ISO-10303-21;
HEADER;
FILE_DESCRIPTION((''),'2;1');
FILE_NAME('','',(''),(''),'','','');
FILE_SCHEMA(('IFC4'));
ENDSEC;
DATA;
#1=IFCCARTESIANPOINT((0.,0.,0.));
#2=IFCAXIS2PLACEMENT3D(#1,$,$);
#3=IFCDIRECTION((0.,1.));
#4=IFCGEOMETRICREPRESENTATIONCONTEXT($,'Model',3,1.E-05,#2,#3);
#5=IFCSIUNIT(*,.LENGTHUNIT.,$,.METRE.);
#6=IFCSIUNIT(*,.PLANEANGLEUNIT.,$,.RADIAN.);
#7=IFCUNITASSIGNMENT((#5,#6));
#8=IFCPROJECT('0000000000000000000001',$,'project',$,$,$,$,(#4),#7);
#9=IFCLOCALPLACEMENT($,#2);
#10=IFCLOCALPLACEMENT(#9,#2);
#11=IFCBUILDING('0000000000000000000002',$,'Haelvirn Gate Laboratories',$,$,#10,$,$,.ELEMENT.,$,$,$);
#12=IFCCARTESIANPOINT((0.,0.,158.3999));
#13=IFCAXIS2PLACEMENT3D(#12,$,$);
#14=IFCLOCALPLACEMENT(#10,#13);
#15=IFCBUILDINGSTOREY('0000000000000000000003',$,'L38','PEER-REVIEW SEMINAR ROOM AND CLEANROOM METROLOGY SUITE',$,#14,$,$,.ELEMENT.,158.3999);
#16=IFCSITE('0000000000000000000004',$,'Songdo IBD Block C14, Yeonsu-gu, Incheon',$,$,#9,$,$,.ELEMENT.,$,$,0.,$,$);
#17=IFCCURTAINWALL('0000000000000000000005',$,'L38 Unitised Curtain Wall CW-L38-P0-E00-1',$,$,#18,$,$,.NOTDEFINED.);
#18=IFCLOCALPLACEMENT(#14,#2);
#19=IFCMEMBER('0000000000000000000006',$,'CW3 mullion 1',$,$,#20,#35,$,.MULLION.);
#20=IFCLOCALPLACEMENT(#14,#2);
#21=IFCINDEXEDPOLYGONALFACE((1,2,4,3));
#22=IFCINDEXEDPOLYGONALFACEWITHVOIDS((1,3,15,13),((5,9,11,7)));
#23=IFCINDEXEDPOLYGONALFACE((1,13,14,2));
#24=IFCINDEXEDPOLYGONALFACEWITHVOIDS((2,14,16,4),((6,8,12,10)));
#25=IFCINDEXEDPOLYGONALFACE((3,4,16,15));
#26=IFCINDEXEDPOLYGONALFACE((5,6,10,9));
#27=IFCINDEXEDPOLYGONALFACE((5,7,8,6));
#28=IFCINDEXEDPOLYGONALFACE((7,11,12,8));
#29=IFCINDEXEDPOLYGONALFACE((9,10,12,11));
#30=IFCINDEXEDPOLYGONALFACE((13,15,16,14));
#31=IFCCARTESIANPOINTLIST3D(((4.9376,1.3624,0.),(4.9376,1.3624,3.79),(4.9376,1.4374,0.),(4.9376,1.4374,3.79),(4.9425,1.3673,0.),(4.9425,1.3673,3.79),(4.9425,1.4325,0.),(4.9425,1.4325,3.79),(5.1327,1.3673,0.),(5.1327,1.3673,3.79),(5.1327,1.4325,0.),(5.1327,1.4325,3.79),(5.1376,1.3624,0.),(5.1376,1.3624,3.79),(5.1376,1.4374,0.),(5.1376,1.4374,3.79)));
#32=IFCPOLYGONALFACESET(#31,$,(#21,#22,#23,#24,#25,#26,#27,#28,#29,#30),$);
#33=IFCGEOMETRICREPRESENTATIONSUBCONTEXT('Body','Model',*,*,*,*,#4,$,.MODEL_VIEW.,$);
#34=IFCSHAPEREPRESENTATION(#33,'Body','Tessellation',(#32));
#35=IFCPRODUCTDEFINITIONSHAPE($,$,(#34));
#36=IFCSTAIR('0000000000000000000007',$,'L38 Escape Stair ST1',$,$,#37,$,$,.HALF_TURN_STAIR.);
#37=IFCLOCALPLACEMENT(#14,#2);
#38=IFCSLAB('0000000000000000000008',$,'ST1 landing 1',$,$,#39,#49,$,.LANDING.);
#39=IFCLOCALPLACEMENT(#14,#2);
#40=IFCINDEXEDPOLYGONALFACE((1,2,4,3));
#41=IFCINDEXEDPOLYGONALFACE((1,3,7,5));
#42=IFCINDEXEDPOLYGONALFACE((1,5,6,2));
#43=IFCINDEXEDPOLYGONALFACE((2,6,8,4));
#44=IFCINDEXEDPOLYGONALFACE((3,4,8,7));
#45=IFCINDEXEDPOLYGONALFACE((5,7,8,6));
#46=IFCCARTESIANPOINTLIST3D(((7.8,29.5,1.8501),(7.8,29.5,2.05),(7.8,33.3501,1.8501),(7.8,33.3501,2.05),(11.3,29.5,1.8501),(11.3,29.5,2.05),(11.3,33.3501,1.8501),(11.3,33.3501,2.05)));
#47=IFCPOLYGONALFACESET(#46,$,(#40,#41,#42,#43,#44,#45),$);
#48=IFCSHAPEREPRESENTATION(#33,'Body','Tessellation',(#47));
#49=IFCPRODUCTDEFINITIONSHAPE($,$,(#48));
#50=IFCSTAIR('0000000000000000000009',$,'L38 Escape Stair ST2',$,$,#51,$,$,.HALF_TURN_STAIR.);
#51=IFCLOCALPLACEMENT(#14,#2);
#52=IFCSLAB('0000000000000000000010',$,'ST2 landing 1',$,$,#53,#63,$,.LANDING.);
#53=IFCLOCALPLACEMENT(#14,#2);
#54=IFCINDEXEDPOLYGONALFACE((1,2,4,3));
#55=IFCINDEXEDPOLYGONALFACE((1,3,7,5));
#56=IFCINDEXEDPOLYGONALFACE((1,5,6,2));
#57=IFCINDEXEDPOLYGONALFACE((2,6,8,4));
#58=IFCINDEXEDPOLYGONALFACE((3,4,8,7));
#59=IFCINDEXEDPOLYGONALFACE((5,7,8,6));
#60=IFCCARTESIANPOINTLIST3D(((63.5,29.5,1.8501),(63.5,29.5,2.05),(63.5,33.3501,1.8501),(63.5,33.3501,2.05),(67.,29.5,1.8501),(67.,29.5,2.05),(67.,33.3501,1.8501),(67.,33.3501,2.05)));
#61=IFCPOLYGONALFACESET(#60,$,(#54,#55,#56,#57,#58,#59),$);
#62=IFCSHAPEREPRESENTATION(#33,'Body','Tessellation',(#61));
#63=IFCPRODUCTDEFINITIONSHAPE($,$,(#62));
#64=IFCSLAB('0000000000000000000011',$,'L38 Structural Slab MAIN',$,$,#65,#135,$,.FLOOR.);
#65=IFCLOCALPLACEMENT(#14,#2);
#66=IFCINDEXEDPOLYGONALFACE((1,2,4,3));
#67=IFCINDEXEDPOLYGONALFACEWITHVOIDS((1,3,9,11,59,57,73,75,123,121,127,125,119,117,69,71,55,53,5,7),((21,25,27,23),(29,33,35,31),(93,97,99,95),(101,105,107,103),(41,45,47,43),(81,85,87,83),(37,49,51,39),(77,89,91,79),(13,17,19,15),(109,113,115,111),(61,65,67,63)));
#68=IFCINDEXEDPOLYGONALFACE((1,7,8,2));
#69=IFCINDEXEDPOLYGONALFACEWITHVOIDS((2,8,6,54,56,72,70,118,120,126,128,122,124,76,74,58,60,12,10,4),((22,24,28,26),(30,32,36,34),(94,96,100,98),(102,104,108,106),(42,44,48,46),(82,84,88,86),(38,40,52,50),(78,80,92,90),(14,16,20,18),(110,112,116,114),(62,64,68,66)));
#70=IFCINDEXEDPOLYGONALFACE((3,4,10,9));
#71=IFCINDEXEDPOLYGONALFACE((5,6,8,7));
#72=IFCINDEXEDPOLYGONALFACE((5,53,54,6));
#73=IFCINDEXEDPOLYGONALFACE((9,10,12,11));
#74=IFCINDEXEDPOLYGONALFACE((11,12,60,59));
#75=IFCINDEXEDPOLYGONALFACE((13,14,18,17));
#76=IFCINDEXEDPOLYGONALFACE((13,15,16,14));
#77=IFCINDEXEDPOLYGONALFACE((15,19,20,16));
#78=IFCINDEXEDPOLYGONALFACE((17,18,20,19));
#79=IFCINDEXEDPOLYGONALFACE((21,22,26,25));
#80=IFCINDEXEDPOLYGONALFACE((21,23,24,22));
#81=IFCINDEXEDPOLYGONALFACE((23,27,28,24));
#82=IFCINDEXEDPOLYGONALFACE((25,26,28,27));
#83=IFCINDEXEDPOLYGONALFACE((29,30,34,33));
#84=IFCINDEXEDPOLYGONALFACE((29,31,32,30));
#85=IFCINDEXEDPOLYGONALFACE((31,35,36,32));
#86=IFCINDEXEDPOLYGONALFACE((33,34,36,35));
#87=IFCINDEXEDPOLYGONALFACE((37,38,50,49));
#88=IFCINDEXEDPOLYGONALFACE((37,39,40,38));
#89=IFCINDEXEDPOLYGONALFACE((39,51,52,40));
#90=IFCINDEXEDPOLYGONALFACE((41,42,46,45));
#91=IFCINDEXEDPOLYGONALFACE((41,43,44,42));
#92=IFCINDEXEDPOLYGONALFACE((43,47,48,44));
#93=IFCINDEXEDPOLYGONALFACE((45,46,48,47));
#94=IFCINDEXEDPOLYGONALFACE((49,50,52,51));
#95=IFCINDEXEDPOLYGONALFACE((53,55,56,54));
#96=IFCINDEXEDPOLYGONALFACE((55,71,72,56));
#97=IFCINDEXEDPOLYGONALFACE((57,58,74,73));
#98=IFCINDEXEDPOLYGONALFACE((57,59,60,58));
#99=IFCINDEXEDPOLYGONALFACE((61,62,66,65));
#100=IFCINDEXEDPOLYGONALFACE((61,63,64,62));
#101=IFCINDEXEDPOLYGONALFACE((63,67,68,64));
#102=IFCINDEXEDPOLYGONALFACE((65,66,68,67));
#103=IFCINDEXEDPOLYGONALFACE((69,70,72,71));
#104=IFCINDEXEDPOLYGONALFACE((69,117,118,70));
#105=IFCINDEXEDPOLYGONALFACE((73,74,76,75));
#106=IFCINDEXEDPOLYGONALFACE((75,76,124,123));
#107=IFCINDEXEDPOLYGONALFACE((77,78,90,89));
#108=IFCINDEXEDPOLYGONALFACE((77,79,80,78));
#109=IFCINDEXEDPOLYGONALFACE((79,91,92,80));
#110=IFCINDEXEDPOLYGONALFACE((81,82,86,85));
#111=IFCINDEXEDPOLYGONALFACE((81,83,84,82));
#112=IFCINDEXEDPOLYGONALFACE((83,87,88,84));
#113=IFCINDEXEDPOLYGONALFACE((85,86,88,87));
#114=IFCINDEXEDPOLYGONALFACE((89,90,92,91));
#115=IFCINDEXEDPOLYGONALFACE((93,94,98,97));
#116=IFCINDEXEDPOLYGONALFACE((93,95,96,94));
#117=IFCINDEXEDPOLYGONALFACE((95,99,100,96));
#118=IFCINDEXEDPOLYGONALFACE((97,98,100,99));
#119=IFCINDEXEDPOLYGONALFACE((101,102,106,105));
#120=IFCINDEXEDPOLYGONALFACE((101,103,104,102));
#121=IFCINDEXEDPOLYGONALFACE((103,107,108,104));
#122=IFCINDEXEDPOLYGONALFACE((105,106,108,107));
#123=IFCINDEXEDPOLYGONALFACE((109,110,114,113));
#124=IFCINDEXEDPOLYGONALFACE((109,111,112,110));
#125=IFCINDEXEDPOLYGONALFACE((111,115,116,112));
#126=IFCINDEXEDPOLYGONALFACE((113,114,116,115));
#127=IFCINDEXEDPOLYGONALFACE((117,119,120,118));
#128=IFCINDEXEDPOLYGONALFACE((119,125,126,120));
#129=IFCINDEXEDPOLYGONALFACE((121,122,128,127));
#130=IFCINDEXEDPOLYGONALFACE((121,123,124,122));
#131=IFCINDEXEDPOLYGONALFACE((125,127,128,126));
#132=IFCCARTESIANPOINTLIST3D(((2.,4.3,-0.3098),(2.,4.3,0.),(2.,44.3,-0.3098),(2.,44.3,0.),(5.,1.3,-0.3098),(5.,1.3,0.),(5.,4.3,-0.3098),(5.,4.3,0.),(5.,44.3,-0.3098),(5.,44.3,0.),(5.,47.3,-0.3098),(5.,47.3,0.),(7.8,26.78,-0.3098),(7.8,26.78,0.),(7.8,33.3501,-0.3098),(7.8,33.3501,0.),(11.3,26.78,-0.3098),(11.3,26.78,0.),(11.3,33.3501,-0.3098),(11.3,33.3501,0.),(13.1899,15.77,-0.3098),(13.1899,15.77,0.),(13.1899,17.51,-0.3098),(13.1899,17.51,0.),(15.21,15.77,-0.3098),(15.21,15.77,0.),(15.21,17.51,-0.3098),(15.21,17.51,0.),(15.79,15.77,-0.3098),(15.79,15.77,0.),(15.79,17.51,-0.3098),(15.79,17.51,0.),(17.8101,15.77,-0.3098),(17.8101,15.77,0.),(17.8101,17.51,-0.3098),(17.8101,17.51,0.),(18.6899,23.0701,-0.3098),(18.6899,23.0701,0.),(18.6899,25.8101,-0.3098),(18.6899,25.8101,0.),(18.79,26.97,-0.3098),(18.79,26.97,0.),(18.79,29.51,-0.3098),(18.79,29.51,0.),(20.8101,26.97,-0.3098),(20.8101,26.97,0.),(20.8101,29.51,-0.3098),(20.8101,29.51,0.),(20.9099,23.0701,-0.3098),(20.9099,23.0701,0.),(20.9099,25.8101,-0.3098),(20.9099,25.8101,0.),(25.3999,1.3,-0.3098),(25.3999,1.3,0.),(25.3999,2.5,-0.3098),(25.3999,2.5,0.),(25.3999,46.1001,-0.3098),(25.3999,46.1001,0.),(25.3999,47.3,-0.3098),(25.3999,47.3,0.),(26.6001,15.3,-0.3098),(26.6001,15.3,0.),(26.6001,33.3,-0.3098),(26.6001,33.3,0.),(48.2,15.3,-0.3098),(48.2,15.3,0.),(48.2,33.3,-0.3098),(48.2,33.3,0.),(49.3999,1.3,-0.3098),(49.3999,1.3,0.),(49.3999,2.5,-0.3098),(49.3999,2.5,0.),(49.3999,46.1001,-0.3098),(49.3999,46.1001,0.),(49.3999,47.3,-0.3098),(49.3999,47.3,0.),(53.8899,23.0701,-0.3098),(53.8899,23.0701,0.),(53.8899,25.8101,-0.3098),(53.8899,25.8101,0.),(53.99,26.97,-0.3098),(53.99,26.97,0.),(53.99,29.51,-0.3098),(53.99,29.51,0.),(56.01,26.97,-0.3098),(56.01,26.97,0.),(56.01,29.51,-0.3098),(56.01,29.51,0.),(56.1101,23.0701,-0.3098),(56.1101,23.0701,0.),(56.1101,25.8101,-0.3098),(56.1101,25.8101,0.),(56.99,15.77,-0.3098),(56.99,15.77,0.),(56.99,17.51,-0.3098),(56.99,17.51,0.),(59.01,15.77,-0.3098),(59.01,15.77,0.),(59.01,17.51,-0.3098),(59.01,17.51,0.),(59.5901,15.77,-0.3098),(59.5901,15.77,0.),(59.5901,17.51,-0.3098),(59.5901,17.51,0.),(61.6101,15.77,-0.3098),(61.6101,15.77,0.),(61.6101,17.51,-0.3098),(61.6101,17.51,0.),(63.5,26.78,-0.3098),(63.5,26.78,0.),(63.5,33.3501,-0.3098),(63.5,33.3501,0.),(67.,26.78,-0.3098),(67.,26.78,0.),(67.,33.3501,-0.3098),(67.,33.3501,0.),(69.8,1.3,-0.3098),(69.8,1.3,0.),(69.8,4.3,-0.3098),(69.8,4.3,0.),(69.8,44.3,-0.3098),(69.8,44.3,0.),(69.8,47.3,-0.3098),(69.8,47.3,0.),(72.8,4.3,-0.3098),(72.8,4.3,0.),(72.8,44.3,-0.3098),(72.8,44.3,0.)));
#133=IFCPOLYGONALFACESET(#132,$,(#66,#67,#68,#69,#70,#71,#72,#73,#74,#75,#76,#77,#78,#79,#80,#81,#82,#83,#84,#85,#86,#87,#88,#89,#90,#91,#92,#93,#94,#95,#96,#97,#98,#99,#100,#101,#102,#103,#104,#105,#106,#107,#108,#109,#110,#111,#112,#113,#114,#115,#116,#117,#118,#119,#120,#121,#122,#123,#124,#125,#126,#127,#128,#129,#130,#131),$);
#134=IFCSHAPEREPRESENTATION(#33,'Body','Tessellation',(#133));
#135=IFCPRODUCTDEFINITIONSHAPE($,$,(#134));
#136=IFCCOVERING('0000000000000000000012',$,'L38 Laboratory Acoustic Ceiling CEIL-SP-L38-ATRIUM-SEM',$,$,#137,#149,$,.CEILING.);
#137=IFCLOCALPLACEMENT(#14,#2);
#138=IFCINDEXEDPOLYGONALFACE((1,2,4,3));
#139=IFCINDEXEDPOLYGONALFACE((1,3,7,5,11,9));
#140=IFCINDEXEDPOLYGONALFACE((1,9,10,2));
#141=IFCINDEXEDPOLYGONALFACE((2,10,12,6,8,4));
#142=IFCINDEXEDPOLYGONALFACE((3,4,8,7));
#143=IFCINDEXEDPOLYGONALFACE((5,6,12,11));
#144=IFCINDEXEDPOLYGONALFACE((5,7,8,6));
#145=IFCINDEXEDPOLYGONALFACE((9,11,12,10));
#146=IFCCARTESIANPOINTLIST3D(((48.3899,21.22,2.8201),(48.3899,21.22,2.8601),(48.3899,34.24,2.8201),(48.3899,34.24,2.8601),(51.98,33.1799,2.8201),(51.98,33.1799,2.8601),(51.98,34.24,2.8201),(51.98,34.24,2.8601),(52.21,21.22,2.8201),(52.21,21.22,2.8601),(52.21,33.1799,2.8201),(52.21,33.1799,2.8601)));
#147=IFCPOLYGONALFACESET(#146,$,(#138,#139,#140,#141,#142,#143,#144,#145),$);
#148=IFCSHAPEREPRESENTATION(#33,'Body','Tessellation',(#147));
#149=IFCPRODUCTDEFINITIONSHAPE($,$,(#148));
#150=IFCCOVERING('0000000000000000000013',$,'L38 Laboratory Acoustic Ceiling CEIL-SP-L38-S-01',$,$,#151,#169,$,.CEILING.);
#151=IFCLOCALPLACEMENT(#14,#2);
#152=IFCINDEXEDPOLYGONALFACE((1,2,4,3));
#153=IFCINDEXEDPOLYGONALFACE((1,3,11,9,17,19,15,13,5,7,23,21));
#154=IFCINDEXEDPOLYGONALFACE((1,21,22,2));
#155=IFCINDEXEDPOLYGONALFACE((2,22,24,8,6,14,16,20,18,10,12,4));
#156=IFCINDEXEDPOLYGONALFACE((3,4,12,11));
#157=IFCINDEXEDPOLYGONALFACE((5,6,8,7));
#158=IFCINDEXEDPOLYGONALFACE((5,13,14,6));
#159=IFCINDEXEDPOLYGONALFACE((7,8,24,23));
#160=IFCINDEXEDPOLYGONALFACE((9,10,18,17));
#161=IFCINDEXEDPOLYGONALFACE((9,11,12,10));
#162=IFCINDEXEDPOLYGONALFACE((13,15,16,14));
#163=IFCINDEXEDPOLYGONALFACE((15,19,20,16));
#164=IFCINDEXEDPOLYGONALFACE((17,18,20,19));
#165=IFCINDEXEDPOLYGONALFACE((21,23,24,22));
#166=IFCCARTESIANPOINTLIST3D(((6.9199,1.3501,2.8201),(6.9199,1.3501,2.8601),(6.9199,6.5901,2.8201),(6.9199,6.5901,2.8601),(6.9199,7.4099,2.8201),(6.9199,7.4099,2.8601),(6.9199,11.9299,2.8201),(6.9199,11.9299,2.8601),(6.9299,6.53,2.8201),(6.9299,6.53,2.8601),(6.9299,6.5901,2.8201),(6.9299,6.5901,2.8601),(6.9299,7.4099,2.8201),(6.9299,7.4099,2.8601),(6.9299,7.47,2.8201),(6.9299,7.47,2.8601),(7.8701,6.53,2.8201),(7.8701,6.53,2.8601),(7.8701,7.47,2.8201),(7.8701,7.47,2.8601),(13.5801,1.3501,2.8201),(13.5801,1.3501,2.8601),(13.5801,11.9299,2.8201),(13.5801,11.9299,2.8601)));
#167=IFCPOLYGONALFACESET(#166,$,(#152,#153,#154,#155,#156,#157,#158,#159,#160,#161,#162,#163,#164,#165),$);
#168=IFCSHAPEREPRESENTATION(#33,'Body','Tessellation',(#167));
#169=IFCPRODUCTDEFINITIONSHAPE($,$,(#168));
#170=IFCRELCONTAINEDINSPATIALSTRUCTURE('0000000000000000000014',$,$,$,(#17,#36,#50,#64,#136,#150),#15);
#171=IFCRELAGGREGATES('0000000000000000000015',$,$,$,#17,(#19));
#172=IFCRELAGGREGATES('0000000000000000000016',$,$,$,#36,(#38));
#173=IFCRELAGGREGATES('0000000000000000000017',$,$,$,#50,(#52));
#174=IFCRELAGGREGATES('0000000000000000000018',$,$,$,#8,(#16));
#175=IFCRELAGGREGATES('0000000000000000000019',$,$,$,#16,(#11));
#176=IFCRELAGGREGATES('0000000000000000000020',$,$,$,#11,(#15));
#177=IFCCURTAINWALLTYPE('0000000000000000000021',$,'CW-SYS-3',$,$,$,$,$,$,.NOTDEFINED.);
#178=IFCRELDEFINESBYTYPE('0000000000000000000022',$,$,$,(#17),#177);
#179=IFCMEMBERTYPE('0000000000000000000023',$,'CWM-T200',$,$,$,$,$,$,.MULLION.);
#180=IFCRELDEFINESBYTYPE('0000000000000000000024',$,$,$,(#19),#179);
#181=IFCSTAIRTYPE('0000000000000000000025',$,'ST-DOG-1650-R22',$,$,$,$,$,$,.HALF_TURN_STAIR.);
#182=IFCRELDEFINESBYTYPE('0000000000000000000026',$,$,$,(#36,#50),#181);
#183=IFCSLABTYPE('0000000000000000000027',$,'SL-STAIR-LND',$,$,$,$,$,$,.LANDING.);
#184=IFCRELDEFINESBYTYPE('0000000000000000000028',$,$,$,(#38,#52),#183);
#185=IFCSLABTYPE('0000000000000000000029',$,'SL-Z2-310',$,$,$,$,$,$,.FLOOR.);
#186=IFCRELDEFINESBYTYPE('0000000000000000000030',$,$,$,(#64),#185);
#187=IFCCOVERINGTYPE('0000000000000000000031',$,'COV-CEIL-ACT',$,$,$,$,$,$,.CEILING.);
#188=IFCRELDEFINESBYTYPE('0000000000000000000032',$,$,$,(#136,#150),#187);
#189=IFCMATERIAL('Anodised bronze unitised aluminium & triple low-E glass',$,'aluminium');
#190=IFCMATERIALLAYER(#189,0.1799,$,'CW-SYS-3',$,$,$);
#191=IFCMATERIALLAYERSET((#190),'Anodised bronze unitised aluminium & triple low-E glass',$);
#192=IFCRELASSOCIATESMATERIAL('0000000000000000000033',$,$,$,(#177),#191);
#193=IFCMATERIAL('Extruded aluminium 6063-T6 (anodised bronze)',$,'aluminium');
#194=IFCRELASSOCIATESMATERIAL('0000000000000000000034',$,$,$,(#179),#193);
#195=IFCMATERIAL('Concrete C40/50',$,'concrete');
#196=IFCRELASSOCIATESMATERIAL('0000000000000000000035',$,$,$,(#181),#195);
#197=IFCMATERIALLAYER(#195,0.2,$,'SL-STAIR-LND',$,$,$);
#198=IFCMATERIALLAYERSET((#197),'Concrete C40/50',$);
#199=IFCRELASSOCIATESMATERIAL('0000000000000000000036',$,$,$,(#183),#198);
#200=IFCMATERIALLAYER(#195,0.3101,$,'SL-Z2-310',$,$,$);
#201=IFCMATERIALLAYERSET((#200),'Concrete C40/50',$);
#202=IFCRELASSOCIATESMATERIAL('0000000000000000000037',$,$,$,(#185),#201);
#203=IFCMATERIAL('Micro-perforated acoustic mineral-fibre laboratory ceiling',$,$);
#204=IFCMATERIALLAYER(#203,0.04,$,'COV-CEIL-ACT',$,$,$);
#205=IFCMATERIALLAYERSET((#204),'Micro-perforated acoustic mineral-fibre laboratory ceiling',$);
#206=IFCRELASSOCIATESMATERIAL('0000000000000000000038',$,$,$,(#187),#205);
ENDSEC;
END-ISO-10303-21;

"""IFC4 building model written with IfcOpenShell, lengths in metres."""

from ifc_helpers import new_model, si_unit, direction, frame, origin, origin_2d, place, context, subcontext, project, spatial, polyline, hollow_rectangle, outline, extrude, source, transform, mapped, material, layer, layer_set, material_profile, profile_set, type_object, type_shapes, element, aggregate, save


model = new_model("IFC4")

# Units and contexts
model_context = context("Model", 3, precision=1e-05, world=origin(), true_north=direction((0.0, 1.0)))
body_context = subcontext(model_context, "Body", "Model", "MODEL_VIEW")
ifc_project = project(units=[si_unit("LENGTHUNIT", "METRE"), si_unit("PLANEANGLEUNIT", "RADIAN")], contexts=[model_context])

# Site, building, storey
site_placement = place(None, origin())
site = spatial("IfcSite", under=ifc_project, at=site_placement, Name="Songdo IBD Block C14, Yeonsu-gu, Incheon", CompositionType="ELEMENT", RefElevation=0.0)
building_placement = place(site_placement, origin())
building = spatial("IfcBuilding", under=site, at=building_placement, Name="Haelvirn Gate Laboratories", CompositionType="ELEMENT")
storey_placement = place(building_placement, frame((0.0, 0.0, 158.3999)))
storey = spatial("IfcBuildingStorey", under=building, at=storey_placement, Name="L38", Description="PEER-REVIEW SEMINAR ROOM AND CLEANROOM METROLOGY SUITE", CompositionType="ELEMENT", Elevation=158.3999)

# Curtain wall, member
ifc_material_1 = material(Name="Anodised bronze unitised aluminium & triple low-E glass", Category="aluminium")
ifc_layer_1 = layer(ifc_material_1, 0.1799, Name="CW-SYS-3")
ifc_layer_set_1 = layer_set([ifc_layer_1], Name="Anodised bronze unitised aluminium & triple low-E glass")
curtain_wall_type = type_object("IfcCurtainWallType", Name="CW-SYS-3", PredefinedType="NOTDEFINED", material=ifc_layer_set_1)
curtain_wall_placement = place(storey_placement, origin())
curtain_wall = element("IfcCurtainWall", 1, at=curtain_wall_placement, inside=storey, type_object=curtain_wall_type, Name="L38 Unitised Curtain Wall CW-L38-P0-E00-1", PredefinedType="NOTDEFINED")
ifc_material_2 = material(Name="Extruded aluminium 6063-T6 (anodised bronze)", Category="aluminium")
ifc_material_profile_1 = material_profile(ifc_material_2, hollow_rectangle(XDim=0.075, YDim=0.2, WallThickness=0.0049, at=origin_2d()), Name="CWM-200x75x5")
ifc_profile_set_1 = profile_set([ifc_material_profile_1], Name="Extruded aluminium 6063-T6 (anodised bronze)")
member_type = type_object("IfcMemberType", Name="CWM-T200", PredefinedType="MULLION", material=ifc_profile_set_1)
shared_shape_1 = source(origin(), body_context, "Body", "SweptSolid", [
    extrude(hollow_rectangle(XDim=0.075, YDim=0.2, WallThickness=0.0049, at=origin_2d()), origin(), (0.0, 0.0, 1.0), 3.79),
])
type_shapes(member_type, [shared_shape_1])
member_placement = place(storey_placement, frame((5.0376, 1.3999, 0.0), z_axis=(0.0, 0.0, 1.0), x_axis=(0.0, 1.0, 0.0)))
member = element("IfcMember", 2, at=member_placement, type_object=member_type, Name="CW3 mullion 1", PredefinedType="MULLION", context=body_context, shape_type="MappedRepresentation", body=[
    mapped(shared_shape_1, transform((0.0, 0.0, 0.0), scale=1.0)),
])
aggregate(curtain_wall, [member])

# Stairs, slabs
ifc_material_3 = material(Name="Concrete C40/50", Category="concrete")
stair_type = type_object("IfcStairType", Name="ST-DOG-1650-R22", PredefinedType="HALF_TURN_STAIR", material=ifc_material_3)
stair_1_placement = place(storey_placement, origin())
stair_1 = element("IfcStair", 3, at=stair_1_placement, inside=storey, type_object=stair_type, Name="L38 Escape Stair ST1", PredefinedType="HALF_TURN_STAIR")
ifc_layer_2 = layer(ifc_material_3, 0.2, Name="SL-STAIR-LND")
ifc_layer_set_2 = layer_set([ifc_layer_2], Name="Concrete C40/50")
slab_type_1 = type_object("IfcSlabType", Name="SL-STAIR-LND", PredefinedType="LANDING", material=ifc_layer_set_2)
slab_1_placement = place(storey_placement, frame((0.0, 0.0, 1.8501)))
slab_1 = element("IfcSlab", 4, at=slab_1_placement, type_object=slab_type_1, Name="ST1 landing 1", PredefinedType="LANDING", context=body_context, shape_type="SweptSolid", body=[
    extrude(outline(polyline([(11.3, 29.5), (11.3, 33.3501), (7.8, 33.3501), (7.8, 29.5), (11.3, 29.5)])), origin(), (0.0, 0.0, 1.0), 0.2),
])
aggregate(stair_1, [slab_1])
stair_2_placement = place(storey_placement, origin())
stair_2 = element("IfcStair", 5, at=stair_2_placement, inside=storey, type_object=stair_type, Name="L38 Escape Stair ST2", PredefinedType="HALF_TURN_STAIR")
slab_2_placement = place(storey_placement, frame((0.0, 0.0, 1.8501)))
slab_2 = element("IfcSlab", 6, at=slab_2_placement, type_object=slab_type_1, Name="ST2 landing 1", PredefinedType="LANDING", context=body_context, shape_type="SweptSolid", body=[
    extrude(outline(polyline([(67.0, 29.5), (67.0, 33.3501), (63.5, 33.3501), (63.5, 29.5), (67.0, 29.5)])), origin(), (0.0, 0.0, 1.0), 0.2),
])
aggregate(stair_2, [slab_2])

# Slab
ifc_layer_3 = layer(ifc_material_3, 0.3101, Name="SL-Z2-310")
ifc_layer_set_3 = layer_set([ifc_layer_3], Name="Concrete C40/50")
slab_type_2 = type_object("IfcSlabType", Name="SL-Z2-310", PredefinedType="FLOOR", material=ifc_layer_set_3)
slab_3_placement = place(storey_placement, frame((0.0, 0.0, -0.3098)))
element("IfcSlab", 7, at=slab_3_placement, inside=storey, type_object=slab_type_2, Name="L38 Structural Slab MAIN", PredefinedType="FLOOR", context=body_context, shape_type="SweptSolid", body=[
    extrude(outline(polyline([(5.0, 1.3), (25.3999, 1.3), (25.3999, 2.5), (49.3999, 2.5), (49.3999, 1.3), (69.8, 1.3), (69.8, 4.3), (72.8, 4.3), (72.8, 44.3), (69.8, 44.3), (69.8, 47.3), (49.3999, 47.3), (49.3999, 46.1001), (25.3999, 46.1001), (25.3999, 47.3), (5.0, 47.3), (5.0, 44.3), (2.0, 44.3), (2.0, 4.3), (5.0, 4.3), (5.0, 1.3)]), holes=[polyline([(26.6001, 15.3), (48.2, 15.3), (48.2, 33.3), (26.6001, 33.3), (26.6001, 15.3)]), polyline([(11.3, 26.78), (11.3, 33.3501), (7.8, 33.3501), (7.8, 26.78), (11.3, 26.78)]), polyline([(67.0, 26.78), (67.0, 33.3501), (63.5, 33.3501), (63.5, 26.78), (67.0, 26.78)]), polyline([(13.1899, 15.77), (15.21, 15.77), (15.21, 17.51), (13.1899, 17.51), (13.1899, 15.77)]), polyline([(15.79, 15.77), (17.8101, 15.77), (17.8101, 17.51), (15.79, 17.51), (15.79, 15.77)]), polyline([(18.79, 26.97), (20.8101, 26.97), (20.8101, 29.51), (18.79, 29.51), (18.79, 26.97)]), polyline([(18.6899, 23.0701), (20.9099, 23.0701), (20.9099, 25.8101), (18.6899, 25.8101), (18.6899, 23.0701)]), polyline([(59.5901, 15.77), (61.6101, 15.77), (61.6101, 17.51), (59.5901, 17.51), (59.5901, 15.77)]), polyline([(56.99, 15.77), (59.01, 15.77), (59.01, 17.51), (56.99, 17.51), (56.99, 15.77)]), polyline([(53.99, 26.97), (56.01, 26.97), (56.01, 29.51), (53.99, 29.51), (53.99, 26.97)]), polyline([(53.8899, 23.0701), (56.1101, 23.0701), (56.1101, 25.8101), (53.8899, 25.8101), (53.8899, 23.0701)])]), origin(), (0.0, 0.0, 1.0), 0.3098),
])

# Coverings
ifc_material_4 = material(Name="Micro-perforated acoustic mineral-fibre laboratory ceiling")
ifc_layer_4 = layer(ifc_material_4, 0.04, Name="COV-CEIL-ACT")
ifc_layer_set_4 = layer_set([ifc_layer_4], Name="Micro-perforated acoustic mineral-fibre laboratory ceiling")
covering_type = type_object("IfcCoveringType", Name="COV-CEIL-ACT", PredefinedType="CEILING", material=ifc_layer_set_4)
covering_1_placement = place(storey_placement, frame((0.0, 0.0, 2.8201)))
element("IfcCovering", 8, at=covering_1_placement, inside=storey, type_object=covering_type, Name="L38 Laboratory Acoustic Ceiling CEIL-SP-L38-ATRIUM-SEM", PredefinedType="CEILING", context=body_context, shape_type="SweptSolid", body=[
    extrude(outline(polyline([(52.21, 21.22), (48.3899, 21.22), (48.3899, 34.24), (51.98, 34.24), (51.98, 33.1799), (52.21, 33.1799), (52.21, 21.22)])), origin(), (0.0, 0.0, 1.0), 0.04),
])
covering_2_placement = place(storey_placement, frame((0.0, 0.0, 2.8201)))
element("IfcCovering", 9, at=covering_2_placement, inside=storey, type_object=covering_type, Name="L38 Laboratory Acoustic Ceiling CEIL-SP-L38-S-01", PredefinedType="CEILING", context=body_context, shape_type="SweptSolid", body=[
    extrude(outline(polyline([(6.9199, 7.4099), (6.9199, 11.9299), (13.5801, 11.9299), (13.5801, 1.3501), (6.9199, 1.3501), (6.9199, 6.5901), (6.9299, 6.5901), (6.9299, 6.53), (7.8701, 6.53), (7.8701, 7.47), (6.9299, 7.47), (6.9299, 7.4099), (6.9199, 7.4099)])), origin(), (0.0, 0.0, 1.0), 0.04),
])

save(model, "model.ifc")
